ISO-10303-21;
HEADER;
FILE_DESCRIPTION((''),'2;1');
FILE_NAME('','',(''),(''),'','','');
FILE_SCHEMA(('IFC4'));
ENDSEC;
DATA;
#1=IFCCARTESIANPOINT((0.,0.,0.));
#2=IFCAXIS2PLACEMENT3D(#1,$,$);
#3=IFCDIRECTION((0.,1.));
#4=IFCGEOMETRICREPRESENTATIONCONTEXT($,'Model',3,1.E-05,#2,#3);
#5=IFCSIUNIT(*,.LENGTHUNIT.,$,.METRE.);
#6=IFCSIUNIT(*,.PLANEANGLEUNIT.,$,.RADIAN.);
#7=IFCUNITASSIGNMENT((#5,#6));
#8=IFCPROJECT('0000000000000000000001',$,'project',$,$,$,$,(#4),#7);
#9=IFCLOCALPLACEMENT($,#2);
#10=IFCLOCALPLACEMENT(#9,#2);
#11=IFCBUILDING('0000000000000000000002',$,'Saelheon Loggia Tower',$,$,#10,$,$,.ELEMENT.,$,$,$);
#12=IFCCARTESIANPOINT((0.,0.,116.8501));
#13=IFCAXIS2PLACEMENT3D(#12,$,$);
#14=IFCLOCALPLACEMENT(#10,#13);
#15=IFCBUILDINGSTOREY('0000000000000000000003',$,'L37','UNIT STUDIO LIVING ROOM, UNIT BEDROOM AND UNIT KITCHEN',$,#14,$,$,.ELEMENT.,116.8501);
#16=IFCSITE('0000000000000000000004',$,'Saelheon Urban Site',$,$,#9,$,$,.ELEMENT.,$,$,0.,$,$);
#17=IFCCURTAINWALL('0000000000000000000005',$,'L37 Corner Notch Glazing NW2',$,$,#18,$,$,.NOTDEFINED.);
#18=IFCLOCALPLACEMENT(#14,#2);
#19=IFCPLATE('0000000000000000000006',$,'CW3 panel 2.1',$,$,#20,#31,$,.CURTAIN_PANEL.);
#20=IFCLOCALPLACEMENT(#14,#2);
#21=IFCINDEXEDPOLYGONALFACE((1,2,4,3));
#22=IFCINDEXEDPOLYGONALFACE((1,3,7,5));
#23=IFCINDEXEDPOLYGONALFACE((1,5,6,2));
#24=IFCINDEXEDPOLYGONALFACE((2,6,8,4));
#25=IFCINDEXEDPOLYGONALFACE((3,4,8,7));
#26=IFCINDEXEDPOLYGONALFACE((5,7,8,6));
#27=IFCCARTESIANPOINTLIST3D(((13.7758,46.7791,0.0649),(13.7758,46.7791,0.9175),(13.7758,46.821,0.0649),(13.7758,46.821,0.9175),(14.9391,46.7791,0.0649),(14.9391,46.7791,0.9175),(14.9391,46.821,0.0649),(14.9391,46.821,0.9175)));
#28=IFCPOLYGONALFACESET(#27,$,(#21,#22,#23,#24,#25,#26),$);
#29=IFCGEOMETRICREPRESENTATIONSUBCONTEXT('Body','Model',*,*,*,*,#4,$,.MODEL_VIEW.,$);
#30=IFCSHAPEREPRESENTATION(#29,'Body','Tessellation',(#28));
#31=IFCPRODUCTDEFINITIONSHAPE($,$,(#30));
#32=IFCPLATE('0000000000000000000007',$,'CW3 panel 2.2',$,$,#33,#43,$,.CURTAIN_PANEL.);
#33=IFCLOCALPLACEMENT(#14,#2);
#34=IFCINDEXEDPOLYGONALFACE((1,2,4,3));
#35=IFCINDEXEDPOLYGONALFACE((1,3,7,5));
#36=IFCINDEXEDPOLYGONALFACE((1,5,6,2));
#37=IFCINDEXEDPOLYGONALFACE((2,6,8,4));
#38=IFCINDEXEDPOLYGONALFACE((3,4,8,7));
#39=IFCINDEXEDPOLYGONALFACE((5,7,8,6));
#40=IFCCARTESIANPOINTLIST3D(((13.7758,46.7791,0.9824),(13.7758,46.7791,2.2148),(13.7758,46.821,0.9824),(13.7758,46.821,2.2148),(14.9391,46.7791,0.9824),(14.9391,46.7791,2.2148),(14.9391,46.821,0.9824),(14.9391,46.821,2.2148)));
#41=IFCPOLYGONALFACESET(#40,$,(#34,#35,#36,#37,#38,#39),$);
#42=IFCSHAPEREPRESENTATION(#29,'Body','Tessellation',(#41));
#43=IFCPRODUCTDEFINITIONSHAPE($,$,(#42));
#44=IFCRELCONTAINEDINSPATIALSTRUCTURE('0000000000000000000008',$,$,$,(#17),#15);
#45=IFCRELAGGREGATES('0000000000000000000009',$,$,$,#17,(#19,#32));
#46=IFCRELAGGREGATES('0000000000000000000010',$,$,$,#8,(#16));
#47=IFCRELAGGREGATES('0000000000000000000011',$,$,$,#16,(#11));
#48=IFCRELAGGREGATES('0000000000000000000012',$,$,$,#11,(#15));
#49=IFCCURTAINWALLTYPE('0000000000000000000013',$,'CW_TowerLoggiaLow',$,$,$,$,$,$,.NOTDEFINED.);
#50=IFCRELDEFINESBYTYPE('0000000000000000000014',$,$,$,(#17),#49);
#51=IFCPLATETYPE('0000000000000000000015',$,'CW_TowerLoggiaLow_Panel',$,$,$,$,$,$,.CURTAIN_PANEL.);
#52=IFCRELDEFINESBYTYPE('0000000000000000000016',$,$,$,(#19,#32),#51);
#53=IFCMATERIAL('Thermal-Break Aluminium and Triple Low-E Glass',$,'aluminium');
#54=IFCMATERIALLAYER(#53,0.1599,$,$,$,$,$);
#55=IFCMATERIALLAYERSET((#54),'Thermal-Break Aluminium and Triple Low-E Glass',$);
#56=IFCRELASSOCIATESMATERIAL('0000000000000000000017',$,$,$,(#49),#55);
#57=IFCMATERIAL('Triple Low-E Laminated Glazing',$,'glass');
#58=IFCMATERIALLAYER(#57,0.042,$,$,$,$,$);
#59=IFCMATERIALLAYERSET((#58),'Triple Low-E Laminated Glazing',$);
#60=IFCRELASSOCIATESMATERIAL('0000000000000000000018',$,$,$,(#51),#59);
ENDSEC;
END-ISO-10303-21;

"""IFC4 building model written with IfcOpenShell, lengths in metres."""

from ifc_helpers import new_model, si_unit, direction, frame, origin, origin_2d, place, context, subcontext, project, spatial, rectangle, extrude, source, transform, mapped, material, layer, layer_set, type_object, element, aggregate, save


model = new_model("IFC4")

# Units and contexts
model_context = context("Model", 3, precision=1e-05, world=origin(), true_north=direction((0.0, 1.0)))
body_context = subcontext(model_context, "Body", "Model", "MODEL_VIEW")
ifc_project = project(units=[si_unit("LENGTHUNIT", "METRE"), si_unit("PLANEANGLEUNIT", "RADIAN")], contexts=[model_context])

# Site, building, storey
site_placement = place(None, origin())
site = spatial("IfcSite", under=ifc_project, at=site_placement, Name="Saelheon Urban Site", CompositionType="ELEMENT", RefElevation=0.0)
building_placement = place(site_placement, origin())
building = spatial("IfcBuilding", under=site, at=building_placement, Name="Saelheon Loggia Tower", CompositionType="ELEMENT")
storey_placement = place(building_placement, frame((0.0, 0.0, 116.8501)))
storey = spatial("IfcBuildingStorey", under=building, at=storey_placement, Name="L37", Description="UNIT STUDIO LIVING ROOM, UNIT BEDROOM AND UNIT KITCHEN", CompositionType="ELEMENT", Elevation=116.8501)

# Shared definitions
ifc_material_1 = material(Name="Thermal-Break Aluminium and Triple Low-E Glass", Category="aluminium")
ifc_layer_1 = layer(ifc_material_1, 0.1599)
ifc_layer_set_1 = layer_set([ifc_layer_1], Name="Thermal-Break Aluminium and Triple Low-E Glass")
curtain_wall_type = type_object("IfcCurtainWallType", Name="CW_TowerLoggiaLow", PredefinedType="NOTDEFINED", material=ifc_layer_set_1)

# Curtain wall
curtain_wall_1_placement = place(storey_placement, origin())
curtain_wall_1 = element("IfcCurtainWall", 1, at=curtain_wall_1_placement, inside=storey, type_object=curtain_wall_type, Name="L37 Corner Notch Glazing NW2", PredefinedType="NOTDEFINED")

# Plates
ifc_material_2 = material(Name="Triple Low-E Laminated Glazing", Category="glass")
ifc_layer_2 = layer(ifc_material_2, 0.042)
ifc_layer_set_2 = layer_set([ifc_layer_2], Name="Triple Low-E Laminated Glazing")
plate_type = type_object("IfcPlateType", Name="CW_TowerLoggiaLow_Panel", PredefinedType="CURTAIN_PANEL", material=ifc_layer_set_2)
shared_shape_1 = source(origin(), body_context, "Body", "SweptSolid", [
    extrude(rectangle(XDim=1.1633, YDim=0.042, at=origin_2d()), origin(), (0.0, 0.0, 1.0), 0.8525),
])
plate_1_placement = place(storey_placement, frame((14.3574, 46.8, 0.0649), z_axis=(0.0, 0.0, 1.0), x_axis=(1.0, 0.0, 0.0)))
plate_1 = element("IfcPlate", 2, at=plate_1_placement, type_object=plate_type, Name="CW3 panel 2.1", PredefinedType="CURTAIN_PANEL", context=body_context, shape_type="MappedRepresentation", body=[
    mapped(shared_shape_1, transform((0.0, 0.0, 0.0), scale=1.0)),
])
shared_shape_2 = source(origin(), body_context, "Body", "SweptSolid", [
    extrude(rectangle(XDim=1.1633, YDim=0.042, at=origin_2d()), origin(), (0.0, 0.0, 1.0), 1.2324),
])
plate_2_placement = place(storey_placement, frame((14.3574, 46.8, 0.9824), z_axis=(0.0, 0.0, 1.0), x_axis=(1.0, 0.0, 0.0)))
plate_2 = element("IfcPlate", 3, at=plate_2_placement, type_object=plate_type, Name="CW3 panel 2.2", PredefinedType="CURTAIN_PANEL", context=body_context, shape_type="MappedRepresentation", body=[
    mapped(shared_shape_2, transform((0.0, 0.0, 0.0), scale=1.0)),
])
aggregate(curtain_wall_1, [plate_1, plate_2])

save(model, "model.ifc")
